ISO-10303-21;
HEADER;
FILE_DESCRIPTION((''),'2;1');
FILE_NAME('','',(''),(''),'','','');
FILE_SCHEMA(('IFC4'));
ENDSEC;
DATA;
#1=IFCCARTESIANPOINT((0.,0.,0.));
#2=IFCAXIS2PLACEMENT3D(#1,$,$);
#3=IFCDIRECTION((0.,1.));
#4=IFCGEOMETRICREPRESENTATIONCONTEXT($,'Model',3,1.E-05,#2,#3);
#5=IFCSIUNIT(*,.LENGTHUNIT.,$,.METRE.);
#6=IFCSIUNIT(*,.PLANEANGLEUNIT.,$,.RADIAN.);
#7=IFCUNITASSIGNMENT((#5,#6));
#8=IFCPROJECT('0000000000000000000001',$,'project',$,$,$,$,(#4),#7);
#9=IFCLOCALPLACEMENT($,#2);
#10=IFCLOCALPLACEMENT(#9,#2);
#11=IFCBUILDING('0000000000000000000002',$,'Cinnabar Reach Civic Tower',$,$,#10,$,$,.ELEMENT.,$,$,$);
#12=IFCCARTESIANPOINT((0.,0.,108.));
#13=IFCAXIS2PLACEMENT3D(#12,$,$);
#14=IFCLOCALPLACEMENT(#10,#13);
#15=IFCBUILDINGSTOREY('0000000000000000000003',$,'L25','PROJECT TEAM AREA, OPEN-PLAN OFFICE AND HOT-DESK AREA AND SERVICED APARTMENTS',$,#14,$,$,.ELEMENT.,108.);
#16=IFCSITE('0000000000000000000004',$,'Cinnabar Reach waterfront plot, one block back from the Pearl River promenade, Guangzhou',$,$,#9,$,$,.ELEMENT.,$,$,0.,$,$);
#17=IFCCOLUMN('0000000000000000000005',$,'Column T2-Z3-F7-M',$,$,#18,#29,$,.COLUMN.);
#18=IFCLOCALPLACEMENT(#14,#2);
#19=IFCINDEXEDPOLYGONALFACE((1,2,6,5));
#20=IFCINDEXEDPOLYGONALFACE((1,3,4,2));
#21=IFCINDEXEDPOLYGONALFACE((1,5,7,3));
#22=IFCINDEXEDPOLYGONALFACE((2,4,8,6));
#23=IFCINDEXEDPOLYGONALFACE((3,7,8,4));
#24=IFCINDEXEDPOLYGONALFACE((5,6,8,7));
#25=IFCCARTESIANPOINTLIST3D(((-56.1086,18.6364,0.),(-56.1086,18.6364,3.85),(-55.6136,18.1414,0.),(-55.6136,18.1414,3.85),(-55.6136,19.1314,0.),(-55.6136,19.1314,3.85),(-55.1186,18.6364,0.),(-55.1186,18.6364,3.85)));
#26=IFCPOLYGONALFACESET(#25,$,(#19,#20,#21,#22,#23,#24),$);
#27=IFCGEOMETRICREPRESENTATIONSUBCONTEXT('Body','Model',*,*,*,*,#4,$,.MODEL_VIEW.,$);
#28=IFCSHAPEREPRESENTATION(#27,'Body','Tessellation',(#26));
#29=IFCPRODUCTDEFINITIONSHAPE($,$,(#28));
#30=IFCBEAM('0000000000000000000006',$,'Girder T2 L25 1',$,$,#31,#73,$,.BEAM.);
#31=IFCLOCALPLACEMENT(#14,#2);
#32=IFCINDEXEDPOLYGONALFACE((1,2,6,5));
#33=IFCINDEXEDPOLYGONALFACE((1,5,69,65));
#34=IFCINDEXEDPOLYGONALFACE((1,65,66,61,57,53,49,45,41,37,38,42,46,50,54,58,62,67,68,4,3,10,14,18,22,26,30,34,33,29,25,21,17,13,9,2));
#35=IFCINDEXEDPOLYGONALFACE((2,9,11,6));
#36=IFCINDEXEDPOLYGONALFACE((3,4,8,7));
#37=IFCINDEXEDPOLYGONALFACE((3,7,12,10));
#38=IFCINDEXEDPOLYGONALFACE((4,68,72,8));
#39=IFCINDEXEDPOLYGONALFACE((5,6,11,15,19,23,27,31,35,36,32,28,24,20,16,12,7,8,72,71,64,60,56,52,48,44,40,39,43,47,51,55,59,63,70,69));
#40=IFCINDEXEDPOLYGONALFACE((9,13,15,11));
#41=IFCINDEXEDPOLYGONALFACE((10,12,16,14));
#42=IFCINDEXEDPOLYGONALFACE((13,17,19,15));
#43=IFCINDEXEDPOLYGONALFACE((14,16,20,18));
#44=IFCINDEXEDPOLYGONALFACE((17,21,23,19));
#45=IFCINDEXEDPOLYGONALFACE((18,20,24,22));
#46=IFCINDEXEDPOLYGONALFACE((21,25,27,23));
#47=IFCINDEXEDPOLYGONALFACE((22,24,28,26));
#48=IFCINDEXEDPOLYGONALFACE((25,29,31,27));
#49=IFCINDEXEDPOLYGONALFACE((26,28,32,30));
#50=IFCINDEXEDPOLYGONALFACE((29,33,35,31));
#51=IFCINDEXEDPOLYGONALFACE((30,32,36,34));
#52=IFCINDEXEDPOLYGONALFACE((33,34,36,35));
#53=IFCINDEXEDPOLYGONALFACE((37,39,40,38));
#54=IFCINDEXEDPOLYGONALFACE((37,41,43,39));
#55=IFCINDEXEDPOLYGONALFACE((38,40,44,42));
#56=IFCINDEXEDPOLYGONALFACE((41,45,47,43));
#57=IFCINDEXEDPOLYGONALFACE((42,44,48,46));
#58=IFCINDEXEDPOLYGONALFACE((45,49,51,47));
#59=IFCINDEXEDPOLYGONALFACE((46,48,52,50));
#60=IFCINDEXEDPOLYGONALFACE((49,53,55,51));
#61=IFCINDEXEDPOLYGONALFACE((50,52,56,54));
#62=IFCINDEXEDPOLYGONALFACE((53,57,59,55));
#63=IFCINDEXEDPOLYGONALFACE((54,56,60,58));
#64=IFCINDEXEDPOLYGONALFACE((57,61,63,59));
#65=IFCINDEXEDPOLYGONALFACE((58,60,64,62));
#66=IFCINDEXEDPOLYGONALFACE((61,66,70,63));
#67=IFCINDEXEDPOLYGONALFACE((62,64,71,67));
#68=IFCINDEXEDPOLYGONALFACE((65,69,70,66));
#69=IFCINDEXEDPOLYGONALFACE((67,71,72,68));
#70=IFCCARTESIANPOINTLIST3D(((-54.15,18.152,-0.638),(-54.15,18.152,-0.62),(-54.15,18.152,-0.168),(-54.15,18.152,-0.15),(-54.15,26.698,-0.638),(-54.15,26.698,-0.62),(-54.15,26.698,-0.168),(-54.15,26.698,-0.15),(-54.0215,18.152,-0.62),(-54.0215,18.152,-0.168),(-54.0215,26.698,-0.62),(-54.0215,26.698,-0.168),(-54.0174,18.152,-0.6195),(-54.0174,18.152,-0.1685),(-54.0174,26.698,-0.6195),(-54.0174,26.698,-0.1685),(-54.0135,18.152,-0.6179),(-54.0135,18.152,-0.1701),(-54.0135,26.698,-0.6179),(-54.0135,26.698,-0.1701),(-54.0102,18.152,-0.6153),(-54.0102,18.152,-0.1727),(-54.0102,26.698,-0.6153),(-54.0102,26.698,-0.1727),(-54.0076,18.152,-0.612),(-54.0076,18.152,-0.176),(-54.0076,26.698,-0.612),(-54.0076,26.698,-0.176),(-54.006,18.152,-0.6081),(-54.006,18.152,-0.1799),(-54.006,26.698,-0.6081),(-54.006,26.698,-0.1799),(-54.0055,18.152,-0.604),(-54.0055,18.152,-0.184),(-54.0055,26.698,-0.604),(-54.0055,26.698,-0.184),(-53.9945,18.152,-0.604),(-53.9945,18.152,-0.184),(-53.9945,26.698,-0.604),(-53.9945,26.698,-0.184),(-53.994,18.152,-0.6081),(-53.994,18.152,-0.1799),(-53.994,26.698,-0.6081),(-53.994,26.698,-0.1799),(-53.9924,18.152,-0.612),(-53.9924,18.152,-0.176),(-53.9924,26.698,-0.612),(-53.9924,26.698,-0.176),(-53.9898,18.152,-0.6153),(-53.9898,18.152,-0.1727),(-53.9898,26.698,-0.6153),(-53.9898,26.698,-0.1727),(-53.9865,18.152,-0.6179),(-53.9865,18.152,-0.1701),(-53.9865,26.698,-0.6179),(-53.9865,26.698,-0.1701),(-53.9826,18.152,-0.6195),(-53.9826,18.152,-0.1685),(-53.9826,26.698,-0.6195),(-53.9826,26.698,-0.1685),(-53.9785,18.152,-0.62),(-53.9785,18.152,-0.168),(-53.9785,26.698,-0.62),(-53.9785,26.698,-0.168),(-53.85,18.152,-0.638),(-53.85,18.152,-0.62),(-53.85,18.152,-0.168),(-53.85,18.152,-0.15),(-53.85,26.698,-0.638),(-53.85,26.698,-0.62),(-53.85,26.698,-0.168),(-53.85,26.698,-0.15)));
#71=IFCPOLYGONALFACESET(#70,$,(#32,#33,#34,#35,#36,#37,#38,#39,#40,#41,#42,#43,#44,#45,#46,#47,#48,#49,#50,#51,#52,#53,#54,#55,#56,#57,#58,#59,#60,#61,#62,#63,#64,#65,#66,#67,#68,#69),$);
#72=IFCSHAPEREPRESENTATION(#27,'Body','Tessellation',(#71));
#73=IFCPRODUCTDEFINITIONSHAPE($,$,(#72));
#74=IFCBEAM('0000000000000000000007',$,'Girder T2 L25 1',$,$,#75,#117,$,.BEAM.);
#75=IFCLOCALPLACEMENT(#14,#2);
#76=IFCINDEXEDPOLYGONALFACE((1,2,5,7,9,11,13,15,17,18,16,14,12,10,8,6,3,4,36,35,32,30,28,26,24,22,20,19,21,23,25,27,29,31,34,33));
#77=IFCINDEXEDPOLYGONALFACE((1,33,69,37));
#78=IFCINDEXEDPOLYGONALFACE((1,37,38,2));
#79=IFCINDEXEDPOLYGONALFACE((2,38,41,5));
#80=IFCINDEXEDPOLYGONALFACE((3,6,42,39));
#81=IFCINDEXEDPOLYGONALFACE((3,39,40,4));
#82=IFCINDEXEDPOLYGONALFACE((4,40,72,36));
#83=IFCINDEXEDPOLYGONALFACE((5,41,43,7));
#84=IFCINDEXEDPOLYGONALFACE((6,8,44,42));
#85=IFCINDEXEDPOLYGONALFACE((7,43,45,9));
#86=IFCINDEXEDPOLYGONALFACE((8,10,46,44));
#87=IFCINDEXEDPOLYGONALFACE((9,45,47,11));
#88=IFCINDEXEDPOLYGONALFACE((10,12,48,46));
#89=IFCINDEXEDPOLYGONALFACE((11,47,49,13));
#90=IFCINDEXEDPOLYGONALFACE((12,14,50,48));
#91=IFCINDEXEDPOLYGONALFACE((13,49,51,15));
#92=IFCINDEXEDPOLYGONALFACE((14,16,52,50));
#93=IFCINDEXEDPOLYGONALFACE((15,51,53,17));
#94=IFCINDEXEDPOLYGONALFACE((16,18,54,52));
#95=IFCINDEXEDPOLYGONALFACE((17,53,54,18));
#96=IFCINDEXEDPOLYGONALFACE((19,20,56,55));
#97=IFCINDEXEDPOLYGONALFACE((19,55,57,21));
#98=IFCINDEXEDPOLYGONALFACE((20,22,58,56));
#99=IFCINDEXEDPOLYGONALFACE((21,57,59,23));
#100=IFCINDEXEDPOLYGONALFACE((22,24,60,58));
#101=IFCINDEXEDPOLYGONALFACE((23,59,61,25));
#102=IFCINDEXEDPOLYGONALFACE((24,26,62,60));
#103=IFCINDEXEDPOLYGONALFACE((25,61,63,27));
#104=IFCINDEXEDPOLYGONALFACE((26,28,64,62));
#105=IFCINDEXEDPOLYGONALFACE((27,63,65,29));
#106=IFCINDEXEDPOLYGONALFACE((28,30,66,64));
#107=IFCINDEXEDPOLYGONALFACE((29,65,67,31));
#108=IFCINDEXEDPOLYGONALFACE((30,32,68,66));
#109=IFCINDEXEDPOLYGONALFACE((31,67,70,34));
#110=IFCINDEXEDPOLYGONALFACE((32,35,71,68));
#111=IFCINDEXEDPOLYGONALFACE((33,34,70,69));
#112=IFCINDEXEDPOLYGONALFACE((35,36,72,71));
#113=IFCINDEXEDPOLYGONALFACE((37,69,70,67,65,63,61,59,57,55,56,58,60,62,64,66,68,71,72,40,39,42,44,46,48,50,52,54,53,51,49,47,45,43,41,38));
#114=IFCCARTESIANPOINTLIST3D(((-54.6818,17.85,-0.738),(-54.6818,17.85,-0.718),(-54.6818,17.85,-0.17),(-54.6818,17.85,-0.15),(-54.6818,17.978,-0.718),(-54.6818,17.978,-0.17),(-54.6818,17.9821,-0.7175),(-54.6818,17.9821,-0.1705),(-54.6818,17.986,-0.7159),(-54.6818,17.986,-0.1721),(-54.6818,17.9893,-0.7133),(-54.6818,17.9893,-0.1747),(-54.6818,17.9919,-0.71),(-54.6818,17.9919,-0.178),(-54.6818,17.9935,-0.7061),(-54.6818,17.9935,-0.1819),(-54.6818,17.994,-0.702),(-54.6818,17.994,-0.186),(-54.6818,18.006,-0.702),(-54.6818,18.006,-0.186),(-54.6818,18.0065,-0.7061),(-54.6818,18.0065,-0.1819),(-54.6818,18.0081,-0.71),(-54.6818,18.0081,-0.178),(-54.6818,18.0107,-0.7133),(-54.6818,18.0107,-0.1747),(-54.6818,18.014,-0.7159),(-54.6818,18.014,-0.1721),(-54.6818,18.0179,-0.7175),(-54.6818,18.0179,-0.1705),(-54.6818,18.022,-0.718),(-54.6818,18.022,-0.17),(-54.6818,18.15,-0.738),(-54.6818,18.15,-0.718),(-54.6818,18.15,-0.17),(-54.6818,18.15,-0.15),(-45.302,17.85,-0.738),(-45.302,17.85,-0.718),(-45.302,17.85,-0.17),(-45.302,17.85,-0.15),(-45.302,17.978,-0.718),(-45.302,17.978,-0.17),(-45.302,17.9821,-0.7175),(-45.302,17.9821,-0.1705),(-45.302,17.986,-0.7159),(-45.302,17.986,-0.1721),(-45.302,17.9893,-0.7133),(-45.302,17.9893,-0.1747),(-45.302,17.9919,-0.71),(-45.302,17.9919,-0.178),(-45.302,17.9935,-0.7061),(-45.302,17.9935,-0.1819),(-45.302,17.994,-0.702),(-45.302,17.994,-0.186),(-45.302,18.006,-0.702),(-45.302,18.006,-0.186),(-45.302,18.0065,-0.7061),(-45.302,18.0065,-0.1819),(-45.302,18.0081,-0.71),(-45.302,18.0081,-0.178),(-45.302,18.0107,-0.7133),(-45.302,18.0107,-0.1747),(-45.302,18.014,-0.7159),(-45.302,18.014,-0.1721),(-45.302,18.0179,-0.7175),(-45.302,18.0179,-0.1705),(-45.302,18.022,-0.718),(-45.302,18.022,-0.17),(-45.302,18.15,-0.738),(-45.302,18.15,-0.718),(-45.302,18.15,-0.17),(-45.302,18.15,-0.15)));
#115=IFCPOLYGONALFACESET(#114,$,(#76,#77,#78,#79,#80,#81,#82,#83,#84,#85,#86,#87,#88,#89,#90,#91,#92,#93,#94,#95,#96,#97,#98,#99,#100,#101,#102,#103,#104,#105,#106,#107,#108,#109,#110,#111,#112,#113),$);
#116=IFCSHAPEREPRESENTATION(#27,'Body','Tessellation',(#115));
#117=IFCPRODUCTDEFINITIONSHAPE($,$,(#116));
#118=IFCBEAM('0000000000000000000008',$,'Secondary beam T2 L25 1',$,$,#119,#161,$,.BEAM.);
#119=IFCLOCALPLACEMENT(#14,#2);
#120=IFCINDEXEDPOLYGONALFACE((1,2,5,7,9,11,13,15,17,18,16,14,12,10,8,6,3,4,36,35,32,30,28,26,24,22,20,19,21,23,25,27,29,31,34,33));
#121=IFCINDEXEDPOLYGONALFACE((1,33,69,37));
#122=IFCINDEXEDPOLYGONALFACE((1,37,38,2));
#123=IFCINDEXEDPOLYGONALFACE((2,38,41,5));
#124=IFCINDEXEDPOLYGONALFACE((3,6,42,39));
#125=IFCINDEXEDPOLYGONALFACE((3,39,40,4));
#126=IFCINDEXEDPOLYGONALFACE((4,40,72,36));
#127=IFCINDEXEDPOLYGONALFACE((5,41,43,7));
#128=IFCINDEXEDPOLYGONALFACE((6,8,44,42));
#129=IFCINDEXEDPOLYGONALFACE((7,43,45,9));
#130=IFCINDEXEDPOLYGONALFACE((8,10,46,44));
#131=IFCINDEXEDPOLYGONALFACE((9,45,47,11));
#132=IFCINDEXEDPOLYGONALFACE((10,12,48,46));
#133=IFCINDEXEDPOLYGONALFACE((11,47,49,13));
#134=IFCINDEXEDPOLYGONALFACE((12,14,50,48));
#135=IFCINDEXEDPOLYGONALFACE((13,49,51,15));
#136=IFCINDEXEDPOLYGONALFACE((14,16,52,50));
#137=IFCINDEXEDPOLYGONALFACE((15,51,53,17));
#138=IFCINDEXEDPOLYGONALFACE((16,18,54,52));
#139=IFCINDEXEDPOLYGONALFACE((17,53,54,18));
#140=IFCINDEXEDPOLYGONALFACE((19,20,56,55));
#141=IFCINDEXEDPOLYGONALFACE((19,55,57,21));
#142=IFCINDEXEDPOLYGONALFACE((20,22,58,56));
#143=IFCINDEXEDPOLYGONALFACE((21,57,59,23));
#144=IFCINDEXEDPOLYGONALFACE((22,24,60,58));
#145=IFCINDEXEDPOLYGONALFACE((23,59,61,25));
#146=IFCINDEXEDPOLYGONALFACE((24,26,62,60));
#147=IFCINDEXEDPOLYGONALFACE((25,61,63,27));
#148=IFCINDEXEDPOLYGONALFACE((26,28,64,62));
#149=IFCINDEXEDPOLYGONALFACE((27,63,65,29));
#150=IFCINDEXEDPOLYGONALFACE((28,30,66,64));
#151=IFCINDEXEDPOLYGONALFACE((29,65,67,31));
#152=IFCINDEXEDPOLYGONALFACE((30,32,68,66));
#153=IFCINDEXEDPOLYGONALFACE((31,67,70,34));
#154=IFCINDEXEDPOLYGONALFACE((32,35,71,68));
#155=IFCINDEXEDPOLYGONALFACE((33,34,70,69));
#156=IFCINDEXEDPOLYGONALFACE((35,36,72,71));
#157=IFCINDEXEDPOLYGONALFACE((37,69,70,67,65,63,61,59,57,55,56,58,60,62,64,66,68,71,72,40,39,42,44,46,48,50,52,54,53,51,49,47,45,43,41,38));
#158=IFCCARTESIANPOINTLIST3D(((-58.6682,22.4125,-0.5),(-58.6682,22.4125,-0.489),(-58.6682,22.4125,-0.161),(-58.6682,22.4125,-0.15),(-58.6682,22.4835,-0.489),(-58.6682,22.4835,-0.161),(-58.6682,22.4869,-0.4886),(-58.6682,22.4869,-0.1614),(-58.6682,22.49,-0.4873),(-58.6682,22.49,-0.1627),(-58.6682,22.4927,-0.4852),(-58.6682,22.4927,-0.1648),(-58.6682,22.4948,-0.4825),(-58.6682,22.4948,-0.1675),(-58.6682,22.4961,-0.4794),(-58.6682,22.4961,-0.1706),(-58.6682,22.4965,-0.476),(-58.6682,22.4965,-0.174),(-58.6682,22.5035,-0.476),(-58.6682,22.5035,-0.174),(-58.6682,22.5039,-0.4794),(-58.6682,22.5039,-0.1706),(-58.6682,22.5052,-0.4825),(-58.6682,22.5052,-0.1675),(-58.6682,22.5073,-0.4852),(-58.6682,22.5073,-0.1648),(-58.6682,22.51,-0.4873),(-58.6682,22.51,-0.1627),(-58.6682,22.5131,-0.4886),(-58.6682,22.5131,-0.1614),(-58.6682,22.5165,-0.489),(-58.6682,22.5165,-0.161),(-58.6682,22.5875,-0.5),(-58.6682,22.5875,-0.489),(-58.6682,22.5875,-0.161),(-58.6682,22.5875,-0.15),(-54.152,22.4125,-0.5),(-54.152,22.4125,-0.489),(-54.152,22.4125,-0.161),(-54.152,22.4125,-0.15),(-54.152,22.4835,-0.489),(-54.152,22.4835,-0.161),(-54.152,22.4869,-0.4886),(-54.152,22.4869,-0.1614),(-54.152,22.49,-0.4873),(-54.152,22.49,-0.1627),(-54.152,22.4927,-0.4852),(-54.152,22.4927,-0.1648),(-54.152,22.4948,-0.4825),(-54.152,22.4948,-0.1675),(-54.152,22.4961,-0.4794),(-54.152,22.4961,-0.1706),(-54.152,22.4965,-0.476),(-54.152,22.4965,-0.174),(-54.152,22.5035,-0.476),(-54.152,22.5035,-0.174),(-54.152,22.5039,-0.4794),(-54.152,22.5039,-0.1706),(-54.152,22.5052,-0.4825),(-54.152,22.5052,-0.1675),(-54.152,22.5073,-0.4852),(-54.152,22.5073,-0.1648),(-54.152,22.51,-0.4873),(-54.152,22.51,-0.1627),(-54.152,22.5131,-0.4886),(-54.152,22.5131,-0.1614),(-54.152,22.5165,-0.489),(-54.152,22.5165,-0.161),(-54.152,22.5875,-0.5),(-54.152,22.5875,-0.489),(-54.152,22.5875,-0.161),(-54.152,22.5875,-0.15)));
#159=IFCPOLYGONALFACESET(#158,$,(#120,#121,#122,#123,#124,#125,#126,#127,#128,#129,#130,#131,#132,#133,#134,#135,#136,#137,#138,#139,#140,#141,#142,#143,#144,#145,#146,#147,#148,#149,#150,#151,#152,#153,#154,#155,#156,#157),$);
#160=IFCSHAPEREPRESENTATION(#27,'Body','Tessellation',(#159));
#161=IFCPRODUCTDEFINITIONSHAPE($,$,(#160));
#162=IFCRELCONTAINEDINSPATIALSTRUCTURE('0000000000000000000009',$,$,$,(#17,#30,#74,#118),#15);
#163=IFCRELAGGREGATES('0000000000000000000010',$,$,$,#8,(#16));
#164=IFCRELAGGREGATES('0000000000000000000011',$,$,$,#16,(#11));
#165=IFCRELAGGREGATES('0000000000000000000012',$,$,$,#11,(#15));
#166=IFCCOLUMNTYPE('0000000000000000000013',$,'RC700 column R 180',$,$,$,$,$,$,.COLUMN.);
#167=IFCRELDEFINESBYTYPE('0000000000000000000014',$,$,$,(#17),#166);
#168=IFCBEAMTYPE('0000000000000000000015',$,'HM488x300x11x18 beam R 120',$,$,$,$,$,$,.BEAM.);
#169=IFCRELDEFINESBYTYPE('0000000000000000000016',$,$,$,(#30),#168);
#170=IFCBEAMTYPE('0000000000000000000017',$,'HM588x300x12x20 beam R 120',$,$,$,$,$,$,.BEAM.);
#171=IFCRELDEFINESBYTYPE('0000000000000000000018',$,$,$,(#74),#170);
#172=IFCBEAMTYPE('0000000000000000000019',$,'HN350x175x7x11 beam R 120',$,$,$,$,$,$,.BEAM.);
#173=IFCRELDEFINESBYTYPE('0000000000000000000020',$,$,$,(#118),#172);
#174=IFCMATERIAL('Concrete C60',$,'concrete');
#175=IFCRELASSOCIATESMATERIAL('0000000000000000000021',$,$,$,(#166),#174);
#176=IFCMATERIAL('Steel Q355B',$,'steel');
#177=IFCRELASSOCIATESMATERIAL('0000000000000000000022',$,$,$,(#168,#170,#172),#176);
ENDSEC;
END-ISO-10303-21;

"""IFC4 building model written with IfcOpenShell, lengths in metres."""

from ifc_helpers import new_model, si_unit, direction, frame, origin, origin_2d, place, context, subcontext, project, spatial, rectangle, i_section, extrude, material, material_profile, profile_set, type_object, element, save


model = new_model("IFC4")

# Units and contexts
model_context = context("Model", 3, precision=1e-05, world=origin(), true_north=direction((0.0, 1.0)))
body_context = subcontext(model_context, "Body", "Model", "MODEL_VIEW")
ifc_project = project(units=[si_unit("LENGTHUNIT", "METRE"), si_unit("PLANEANGLEUNIT", "RADIAN")], contexts=[model_context])

# Site, building, storey
site_placement = place(None, origin())
site = spatial("IfcSite", under=ifc_project, at=site_placement, Name="Cinnabar Reach waterfront plot, one block back from the Pearl River promenade, Guangzhou", CompositionType="ELEMENT", RefElevation=0.0)
building_placement = place(site_placement, origin())
building = spatial("IfcBuilding", under=site, at=building_placement, Name="Cinnabar Reach Civic Tower", CompositionType="ELEMENT")
storey_placement = place(building_placement, frame((0.0, 0.0, 108.0)))
storey = spatial("IfcBuildingStorey", under=building, at=storey_placement, Name="L25", Description="PROJECT TEAM AREA, OPEN-PLAN OFFICE AND HOT-DESK AREA AND SERVICED APARTMENTS", CompositionType="ELEMENT", Elevation=108.0)

# Column
ifc_material_1 = material(Name="Concrete C60", Category="concrete")
ifc_material_profile_1 = material_profile(ifc_material_1, rectangle(XDim=0.7, YDim=0.7, at=origin_2d()), Name="RC700")
ifc_profile_set_1 = profile_set([ifc_material_profile_1], Name="Concrete C60")
column_type = type_object("IfcColumnType", Name="RC700 column R 180", PredefinedType="COLUMN", material=ifc_profile_set_1)
column_placement = place(storey_placement, frame((-55.6136, 18.6364, 0.0), z_axis=(0.0, 0.0, 1.0), x_axis=(0.707107, 0.707107, 0.0)))
element("IfcColumn", 1, at=column_placement, inside=storey, type_object=column_type, Name="Column T2-Z3-F7-M", PredefinedType="COLUMN", context=body_context, shape_type="SweptSolid", body=[
    extrude(rectangle(XDim=0.7, YDim=0.7, at=origin_2d()), origin(), (0.0, 0.0, 1.0), 3.85),
])

# Beams
ifc_material_2 = material(Name="Steel Q355B", Category="steel")
ifc_material_profile_2 = material_profile(ifc_material_2, i_section(OverallWidth=0.3, OverallDepth=0.488, WebThickness=0.011, FlangeThickness=0.018, FilletRadius=0.016, at=origin_2d()), Name="HM488x300x11x18")
ifc_profile_set_2 = profile_set([ifc_material_profile_2], Name="Steel Q355B")
beam_type_1 = type_object("IfcBeamType", Name="HM488x300x11x18 beam R 120", PredefinedType="BEAM", material=ifc_profile_set_2)
beam_1_placement = place(storey_placement, frame((-54.0, 18.152, -0.394), z_axis=(0.0, 1.0, 0.0), x_axis=(-1.0, 0.0, 0.0)))
element("IfcBeam", 2, at=beam_1_placement, inside=storey, type_object=beam_type_1, Name="Girder T2 L25 1", PredefinedType="BEAM", context=body_context, shape_type="SweptSolid", body=[
    extrude(i_section(OverallWidth=0.3, OverallDepth=0.488, WebThickness=0.011, FlangeThickness=0.018, FilletRadius=0.016, at=origin_2d()), origin(), (0.0, 0.0, 1.0), 8.546),
])
ifc_material_profile_3 = material_profile(ifc_material_2, i_section(OverallWidth=0.3, OverallDepth=0.588, WebThickness=0.012, FlangeThickness=0.02, FilletRadius=0.016, at=origin_2d()), Name="HM588x300x12x20")
ifc_profile_set_3 = profile_set([ifc_material_profile_3], Name="Steel Q355B")
beam_type_2 = type_object("IfcBeamType", Name="HM588x300x12x20 beam R 120", PredefinedType="BEAM", material=ifc_profile_set_3)
beam_2_placement = place(storey_placement, frame((-54.6818, 18.0, -0.444), z_axis=(1.0, 0.0, 0.0), x_axis=(0.0, 1.0, 0.0)))
element("IfcBeam", 3, at=beam_2_placement, inside=storey, type_object=beam_type_2, Name="Girder T2 L25 1", PredefinedType="BEAM", context=body_context, shape_type="SweptSolid", body=[
    extrude(i_section(OverallWidth=0.3, OverallDepth=0.588, WebThickness=0.012, FlangeThickness=0.02, FilletRadius=0.016, at=origin_2d()), origin(), (0.0, 0.0, 1.0), 9.3798),
])
ifc_material_profile_4 = material_profile(ifc_material_2, i_section(OverallWidth=0.175, OverallDepth=0.35, WebThickness=0.007, FlangeThickness=0.011, FilletRadius=0.013, at=origin_2d()), Name="HN350x175x7x11")
ifc_profile_set_4 = profile_set([ifc_material_profile_4], Name="Steel Q355B")
beam_type_3 = type_object("IfcBeamType", Name="HN350x175x7x11 beam R 120", PredefinedType="BEAM", material=ifc_profile_set_4)
beam_3_placement = place(storey_placement, frame((-58.6682, 22.5, -0.325), z_axis=(1.0, 0.0, 0.0), x_axis=(0.0, 1.0, 0.0)))
element("IfcBeam", 4, at=beam_3_placement, inside=storey, type_object=beam_type_3, Name="Secondary beam T2 L25 1", PredefinedType="BEAM", context=body_context, shape_type="SweptSolid", body=[
    extrude(i_section(OverallWidth=0.175, OverallDepth=0.35, WebThickness=0.007, FlangeThickness=0.011, FilletRadius=0.013, at=origin_2d()), origin(), (0.0, 0.0, 1.0), 4.5162),
])

save(model, "model.ifc")
